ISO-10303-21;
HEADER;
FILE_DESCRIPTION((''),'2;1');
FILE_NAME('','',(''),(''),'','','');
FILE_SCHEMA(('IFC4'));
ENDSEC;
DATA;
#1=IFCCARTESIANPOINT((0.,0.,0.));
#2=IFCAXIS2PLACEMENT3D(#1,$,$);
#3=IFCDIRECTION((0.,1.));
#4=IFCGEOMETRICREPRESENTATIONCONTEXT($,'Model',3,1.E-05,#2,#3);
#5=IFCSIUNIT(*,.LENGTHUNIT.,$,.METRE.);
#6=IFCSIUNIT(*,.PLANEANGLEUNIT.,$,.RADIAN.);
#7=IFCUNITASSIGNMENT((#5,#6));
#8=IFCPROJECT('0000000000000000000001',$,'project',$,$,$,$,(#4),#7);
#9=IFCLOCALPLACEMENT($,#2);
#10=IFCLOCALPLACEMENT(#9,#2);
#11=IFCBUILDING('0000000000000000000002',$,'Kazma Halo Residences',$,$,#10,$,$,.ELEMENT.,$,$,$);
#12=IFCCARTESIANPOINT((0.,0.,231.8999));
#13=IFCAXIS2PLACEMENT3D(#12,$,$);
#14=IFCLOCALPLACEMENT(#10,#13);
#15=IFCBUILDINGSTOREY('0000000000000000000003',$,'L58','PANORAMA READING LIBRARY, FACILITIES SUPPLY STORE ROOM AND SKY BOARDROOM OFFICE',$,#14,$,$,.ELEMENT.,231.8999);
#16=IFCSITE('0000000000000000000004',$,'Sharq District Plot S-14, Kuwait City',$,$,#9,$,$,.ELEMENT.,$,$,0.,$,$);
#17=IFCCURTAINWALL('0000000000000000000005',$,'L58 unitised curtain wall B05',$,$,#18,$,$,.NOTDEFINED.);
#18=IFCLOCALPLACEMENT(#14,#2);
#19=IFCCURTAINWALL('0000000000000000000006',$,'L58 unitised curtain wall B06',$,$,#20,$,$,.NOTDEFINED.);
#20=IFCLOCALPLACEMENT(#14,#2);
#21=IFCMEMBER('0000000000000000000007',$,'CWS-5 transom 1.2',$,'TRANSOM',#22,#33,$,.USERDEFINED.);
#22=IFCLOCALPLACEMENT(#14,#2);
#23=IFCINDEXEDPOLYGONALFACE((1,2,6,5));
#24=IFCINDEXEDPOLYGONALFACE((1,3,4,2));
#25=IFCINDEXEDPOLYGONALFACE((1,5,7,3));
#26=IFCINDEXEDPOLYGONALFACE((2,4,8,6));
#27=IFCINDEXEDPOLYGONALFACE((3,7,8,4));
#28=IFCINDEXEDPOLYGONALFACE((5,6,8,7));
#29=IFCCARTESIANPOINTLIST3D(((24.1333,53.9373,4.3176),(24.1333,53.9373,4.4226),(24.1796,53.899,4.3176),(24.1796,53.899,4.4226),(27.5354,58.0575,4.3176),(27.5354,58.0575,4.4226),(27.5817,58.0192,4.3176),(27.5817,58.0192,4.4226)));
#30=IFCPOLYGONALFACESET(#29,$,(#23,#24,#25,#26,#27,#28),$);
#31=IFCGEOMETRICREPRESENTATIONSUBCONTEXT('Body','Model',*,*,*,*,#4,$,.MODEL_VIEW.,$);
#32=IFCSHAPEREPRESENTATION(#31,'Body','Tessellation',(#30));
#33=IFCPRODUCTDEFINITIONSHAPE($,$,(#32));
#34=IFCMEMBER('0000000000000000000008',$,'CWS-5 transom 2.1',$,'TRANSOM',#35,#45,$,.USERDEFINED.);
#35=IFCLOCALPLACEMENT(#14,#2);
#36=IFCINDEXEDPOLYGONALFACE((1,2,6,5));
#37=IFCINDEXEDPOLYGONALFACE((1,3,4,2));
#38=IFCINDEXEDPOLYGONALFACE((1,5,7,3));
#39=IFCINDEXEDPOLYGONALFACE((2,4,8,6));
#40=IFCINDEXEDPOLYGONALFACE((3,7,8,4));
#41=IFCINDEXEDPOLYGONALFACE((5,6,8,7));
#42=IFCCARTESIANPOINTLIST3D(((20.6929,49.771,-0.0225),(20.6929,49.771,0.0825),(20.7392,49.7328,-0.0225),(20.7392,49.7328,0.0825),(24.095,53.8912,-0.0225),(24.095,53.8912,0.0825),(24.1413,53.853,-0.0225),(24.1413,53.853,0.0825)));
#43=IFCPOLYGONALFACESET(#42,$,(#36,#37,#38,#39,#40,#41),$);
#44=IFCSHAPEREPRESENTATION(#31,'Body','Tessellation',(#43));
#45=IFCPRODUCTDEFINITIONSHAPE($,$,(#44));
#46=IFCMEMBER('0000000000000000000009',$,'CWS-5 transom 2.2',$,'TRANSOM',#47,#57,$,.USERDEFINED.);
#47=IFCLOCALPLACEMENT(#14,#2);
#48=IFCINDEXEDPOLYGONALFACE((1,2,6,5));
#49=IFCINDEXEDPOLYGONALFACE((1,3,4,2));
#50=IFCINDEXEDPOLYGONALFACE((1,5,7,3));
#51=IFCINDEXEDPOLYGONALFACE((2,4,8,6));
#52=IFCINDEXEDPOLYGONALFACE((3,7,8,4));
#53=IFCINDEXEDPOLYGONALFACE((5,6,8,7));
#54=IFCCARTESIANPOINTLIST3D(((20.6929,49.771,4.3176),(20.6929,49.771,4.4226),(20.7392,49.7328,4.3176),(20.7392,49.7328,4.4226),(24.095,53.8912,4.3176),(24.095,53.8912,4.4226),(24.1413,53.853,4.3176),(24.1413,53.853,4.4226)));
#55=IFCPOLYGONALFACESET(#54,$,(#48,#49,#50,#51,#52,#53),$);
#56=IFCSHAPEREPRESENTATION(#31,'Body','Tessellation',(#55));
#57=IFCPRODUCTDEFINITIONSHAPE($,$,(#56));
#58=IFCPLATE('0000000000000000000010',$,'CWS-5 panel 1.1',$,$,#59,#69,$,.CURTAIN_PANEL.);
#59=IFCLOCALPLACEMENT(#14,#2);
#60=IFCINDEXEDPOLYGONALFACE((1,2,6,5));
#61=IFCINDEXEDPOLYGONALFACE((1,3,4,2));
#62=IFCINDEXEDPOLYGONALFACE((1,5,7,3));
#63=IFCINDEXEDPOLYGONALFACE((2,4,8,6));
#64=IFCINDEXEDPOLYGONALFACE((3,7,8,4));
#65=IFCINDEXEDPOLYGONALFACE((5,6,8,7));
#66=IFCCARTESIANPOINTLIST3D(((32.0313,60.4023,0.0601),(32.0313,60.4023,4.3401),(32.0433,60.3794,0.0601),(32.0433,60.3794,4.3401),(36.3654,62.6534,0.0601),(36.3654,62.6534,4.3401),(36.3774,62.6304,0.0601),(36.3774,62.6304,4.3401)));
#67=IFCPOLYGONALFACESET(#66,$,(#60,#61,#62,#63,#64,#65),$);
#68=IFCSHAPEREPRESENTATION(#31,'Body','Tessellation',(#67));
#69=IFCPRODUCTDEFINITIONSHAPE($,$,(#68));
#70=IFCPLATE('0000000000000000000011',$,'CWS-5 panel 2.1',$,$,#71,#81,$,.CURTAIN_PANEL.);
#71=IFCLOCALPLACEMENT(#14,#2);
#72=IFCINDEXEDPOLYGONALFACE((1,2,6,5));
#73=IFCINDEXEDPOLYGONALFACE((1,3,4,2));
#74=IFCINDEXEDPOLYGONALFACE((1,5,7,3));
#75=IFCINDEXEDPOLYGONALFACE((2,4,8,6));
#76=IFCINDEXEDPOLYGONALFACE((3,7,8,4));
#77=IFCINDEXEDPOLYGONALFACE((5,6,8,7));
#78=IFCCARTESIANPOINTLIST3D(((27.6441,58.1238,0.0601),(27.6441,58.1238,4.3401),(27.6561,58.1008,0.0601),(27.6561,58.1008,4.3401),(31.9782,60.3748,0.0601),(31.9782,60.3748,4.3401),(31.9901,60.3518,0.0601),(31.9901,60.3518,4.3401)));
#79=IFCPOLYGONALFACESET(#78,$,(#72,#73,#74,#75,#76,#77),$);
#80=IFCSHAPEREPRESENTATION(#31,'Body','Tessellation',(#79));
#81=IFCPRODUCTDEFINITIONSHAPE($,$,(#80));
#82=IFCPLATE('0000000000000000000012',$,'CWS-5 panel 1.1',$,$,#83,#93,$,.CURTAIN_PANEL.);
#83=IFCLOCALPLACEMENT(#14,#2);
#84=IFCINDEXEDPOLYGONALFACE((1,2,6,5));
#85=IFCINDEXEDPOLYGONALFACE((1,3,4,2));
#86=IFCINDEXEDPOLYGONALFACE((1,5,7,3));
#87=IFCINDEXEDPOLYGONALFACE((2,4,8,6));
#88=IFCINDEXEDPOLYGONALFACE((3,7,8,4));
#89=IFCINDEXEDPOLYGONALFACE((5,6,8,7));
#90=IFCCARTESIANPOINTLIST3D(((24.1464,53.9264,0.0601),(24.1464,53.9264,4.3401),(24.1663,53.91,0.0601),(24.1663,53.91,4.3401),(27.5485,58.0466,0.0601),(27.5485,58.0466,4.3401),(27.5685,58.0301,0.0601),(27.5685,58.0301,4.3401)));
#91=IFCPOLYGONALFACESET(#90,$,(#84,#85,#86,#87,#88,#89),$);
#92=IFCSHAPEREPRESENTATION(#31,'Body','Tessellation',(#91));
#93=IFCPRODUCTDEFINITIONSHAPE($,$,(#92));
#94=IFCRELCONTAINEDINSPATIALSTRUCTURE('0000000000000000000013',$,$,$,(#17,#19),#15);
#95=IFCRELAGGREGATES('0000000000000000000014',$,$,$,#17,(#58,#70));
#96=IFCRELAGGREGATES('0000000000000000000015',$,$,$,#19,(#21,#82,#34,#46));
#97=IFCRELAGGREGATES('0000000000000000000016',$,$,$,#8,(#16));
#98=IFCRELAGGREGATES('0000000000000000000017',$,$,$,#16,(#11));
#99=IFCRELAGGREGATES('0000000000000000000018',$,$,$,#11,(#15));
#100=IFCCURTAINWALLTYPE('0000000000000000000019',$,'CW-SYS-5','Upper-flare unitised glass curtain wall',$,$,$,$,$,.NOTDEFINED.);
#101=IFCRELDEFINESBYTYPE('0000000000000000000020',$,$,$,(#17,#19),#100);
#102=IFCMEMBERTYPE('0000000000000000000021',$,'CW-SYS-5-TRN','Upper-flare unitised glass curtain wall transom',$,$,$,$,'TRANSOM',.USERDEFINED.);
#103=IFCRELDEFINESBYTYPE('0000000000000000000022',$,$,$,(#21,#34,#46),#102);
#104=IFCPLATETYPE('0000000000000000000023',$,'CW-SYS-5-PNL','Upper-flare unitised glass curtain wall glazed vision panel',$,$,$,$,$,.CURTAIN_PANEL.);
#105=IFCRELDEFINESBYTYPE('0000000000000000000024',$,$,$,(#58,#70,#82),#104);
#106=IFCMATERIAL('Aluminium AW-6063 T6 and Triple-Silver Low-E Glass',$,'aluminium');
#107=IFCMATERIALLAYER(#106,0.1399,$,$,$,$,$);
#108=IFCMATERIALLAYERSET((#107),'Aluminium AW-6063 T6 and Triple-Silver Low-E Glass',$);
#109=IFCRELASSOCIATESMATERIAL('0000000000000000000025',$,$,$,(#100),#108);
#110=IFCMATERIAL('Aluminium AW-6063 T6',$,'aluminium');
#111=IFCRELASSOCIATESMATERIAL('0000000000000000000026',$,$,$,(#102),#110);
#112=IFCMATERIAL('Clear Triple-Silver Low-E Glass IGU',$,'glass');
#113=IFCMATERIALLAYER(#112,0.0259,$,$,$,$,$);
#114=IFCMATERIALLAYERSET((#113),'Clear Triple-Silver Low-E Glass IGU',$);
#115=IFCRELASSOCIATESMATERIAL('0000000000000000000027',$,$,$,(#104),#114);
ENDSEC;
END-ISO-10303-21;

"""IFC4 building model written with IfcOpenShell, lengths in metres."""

from ifc_helpers import new_model, si_unit, direction, frame, origin, origin_2d, place, context, subcontext, project, spatial, rectangle, extrude, material, layer, layer_set, material_profile, profile_set, type_object, element, aggregate, save


model = new_model("IFC4")

# Units and contexts
model_context = context("Model", 3, precision=1e-05, world=origin(), true_north=direction((0.0, 1.0)))
body_context = subcontext(model_context, "Body", "Model", "MODEL_VIEW")
ifc_project = project(units=[si_unit("LENGTHUNIT", "METRE"), si_unit("PLANEANGLEUNIT", "RADIAN")], contexts=[model_context])

# Site, building, storey
site_placement = place(None, origin())
site = spatial("IfcSite", under=ifc_project, at=site_placement, Name="Sharq District Plot S-14, Kuwait City", CompositionType="ELEMENT", RefElevation=0.0)
building_placement = place(site_placement, origin())
building = spatial("IfcBuilding", under=site, at=building_placement, Name="Kazma Halo Residences", CompositionType="ELEMENT")
storey_placement = place(building_placement, frame((0.0, 0.0, 231.8999)))
storey = spatial("IfcBuildingStorey", under=building, at=storey_placement, Name="L58", Description="PANORAMA READING LIBRARY, FACILITIES SUPPLY STORE ROOM AND SKY BOARDROOM OFFICE", CompositionType="ELEMENT", Elevation=231.8999)

# Shared definitions
ifc_material_1 = material(Name="Aluminium AW-6063 T6 and Triple-Silver Low-E Glass", Category="aluminium")
ifc_layer_1 = layer(ifc_material_1, 0.1399)
ifc_layer_set_1 = layer_set([ifc_layer_1], Name="Aluminium AW-6063 T6 and Triple-Silver Low-E Glass")
curtain_wall_type = type_object("IfcCurtainWallType", Name="CW-SYS-5", Description="Upper-flare unitised glass curtain wall", PredefinedType="NOTDEFINED", material=ifc_layer_set_1)
ifc_material_2 = material(Name="Aluminium AW-6063 T6", Category="aluminium")

# Curtain walls
curtain_wall_1_placement = place(storey_placement, origin())
curtain_wall_1 = element("IfcCurtainWall", 1, at=curtain_wall_1_placement, inside=storey, type_object=curtain_wall_type, Name="L58 unitised curtain wall B05", PredefinedType="NOTDEFINED")
curtain_wall_2_placement = place(storey_placement, origin())
curtain_wall_2 = element("IfcCurtainWall", 2, at=curtain_wall_2_placement, inside=storey, type_object=curtain_wall_type, Name="L58 unitised curtain wall B06", PredefinedType="NOTDEFINED")

# Members
ifc_material_profile_1 = material_profile(ifc_material_2, rectangle(XDim=0.0601, YDim=0.105, at=origin_2d()), Name="CWT-60x105")
ifc_profile_set_1 = profile_set([ifc_material_profile_1], Name="Aluminium AW-6063 T6")
member_type_1 = type_object("IfcMemberType", Name="CW-SYS-5-TRN", Description="Upper-flare unitised glass curtain wall transom", ElementType="TRANSOM", PredefinedType="USERDEFINED", material=ifc_profile_set_1)
member_1_placement = place(storey_placement, frame((27.5586, 58.0383, 4.3701), z_axis=(-0.636717, -0.771097, 0.0), x_axis=(0.771097, -0.636717, 0.0)))
member_1 = element("IfcMember", 3, at=member_1_placement, type_object=member_type_1, Name="CWS-5 transom 1.2", ObjectType="TRANSOM", PredefinedType="USERDEFINED", context=body_context, shape_type="SweptSolid", body=[
    extrude(rectangle(XDim=0.0601, YDim=0.105, at=origin_2d()), origin(), (0.0, 0.0, 1.0), 5.3433),
])
member_2_placement = place(storey_placement, frame((24.1182, 53.8721, 0.03), z_axis=(-0.636717, -0.771097, 0.0), x_axis=(0.771097, -0.636717, 0.0)))
member_2 = element("IfcMember", 4, at=member_2_placement, type_object=member_type_1, Name="CWS-5 transom 2.1", ObjectType="TRANSOM", PredefinedType="USERDEFINED", context=body_context, shape_type="SweptSolid", body=[
    extrude(rectangle(XDim=0.0601, YDim=0.105, at=origin_2d()), origin(), (0.0, 0.0, 1.0), 5.3433),
])
member_3_placement = place(storey_placement, frame((24.1182, 53.8721, 4.3701), z_axis=(-0.636717, -0.771097, 0.0), x_axis=(0.771097, -0.636717, 0.0)))
member_3 = element("IfcMember", 5, at=member_3_placement, type_object=member_type_1, Name="CWS-5 transom 2.2", ObjectType="TRANSOM", PredefinedType="USERDEFINED", context=body_context, shape_type="SweptSolid", body=[
    extrude(rectangle(XDim=0.0601, YDim=0.105, at=origin_2d()), origin(), (0.0, 0.0, 1.0), 5.3433),
])

# Plates
ifc_material_3 = material(Name="Clear Triple-Silver Low-E Glass IGU", Category="glass")
ifc_layer_2 = layer(ifc_material_3, 0.0259)
ifc_layer_set_2 = layer_set([ifc_layer_2], Name="Clear Triple-Silver Low-E Glass IGU")
plate_type = type_object("IfcPlateType", Name="CW-SYS-5-PNL", Description="Upper-flare unitised glass curtain wall glazed vision panel", PredefinedType="CURTAIN_PANEL", material=ifc_layer_set_2)
plate_1_placement = place(storey_placement, frame((34.2043, 61.5164, 0.0601), z_axis=(0.0, 0.0, 1.0), x_axis=(-0.887443, -0.460917, 0.0)))
plate_1 = element("IfcPlate", 6, at=plate_1_placement, type_object=plate_type, Name="CWS-5 panel 1.1", PredefinedType="CURTAIN_PANEL", context=body_context, shape_type="SweptSolid", body=[
    extrude(rectangle(XDim=4.8838, YDim=0.0259, at=origin_2d()), origin(), (0.0, 0.0, 1.0), 4.28),
])
plate_2_placement = place(storey_placement, frame((29.8171, 59.2378, 0.0601), z_axis=(0.0, 0.0, 1.0), x_axis=(-0.887443, -0.460917, 0.0)))
plate_2 = element("IfcPlate", 7, at=plate_2_placement, type_object=plate_type, Name="CWS-5 panel 2.1", PredefinedType="CURTAIN_PANEL", context=body_context, shape_type="SweptSolid", body=[
    extrude(rectangle(XDim=4.8838, YDim=0.0259, at=origin_2d()), origin(), (0.0, 0.0, 1.0), 4.28),
])
aggregate(curtain_wall_1, [plate_1, plate_2])
plate_3_placement = place(storey_placement, frame((25.8574, 55.9783, 0.0601), z_axis=(0.0, 0.0, 1.0), x_axis=(-0.636724, -0.771092, 0.0)))
plate_3 = element("IfcPlate", 8, at=plate_3_placement, type_object=plate_type, Name="CWS-5 panel 1.1", PredefinedType="CURTAIN_PANEL", context=body_context, shape_type="SweptSolid", body=[
    extrude(rectangle(XDim=5.3433, YDim=0.0259, at=origin_2d()), origin(), (0.0, 0.0, 1.0), 4.28),
])
aggregate(curtain_wall_2, [member_1, plate_3, member_2, member_3])

save(model, "model.ifc")
